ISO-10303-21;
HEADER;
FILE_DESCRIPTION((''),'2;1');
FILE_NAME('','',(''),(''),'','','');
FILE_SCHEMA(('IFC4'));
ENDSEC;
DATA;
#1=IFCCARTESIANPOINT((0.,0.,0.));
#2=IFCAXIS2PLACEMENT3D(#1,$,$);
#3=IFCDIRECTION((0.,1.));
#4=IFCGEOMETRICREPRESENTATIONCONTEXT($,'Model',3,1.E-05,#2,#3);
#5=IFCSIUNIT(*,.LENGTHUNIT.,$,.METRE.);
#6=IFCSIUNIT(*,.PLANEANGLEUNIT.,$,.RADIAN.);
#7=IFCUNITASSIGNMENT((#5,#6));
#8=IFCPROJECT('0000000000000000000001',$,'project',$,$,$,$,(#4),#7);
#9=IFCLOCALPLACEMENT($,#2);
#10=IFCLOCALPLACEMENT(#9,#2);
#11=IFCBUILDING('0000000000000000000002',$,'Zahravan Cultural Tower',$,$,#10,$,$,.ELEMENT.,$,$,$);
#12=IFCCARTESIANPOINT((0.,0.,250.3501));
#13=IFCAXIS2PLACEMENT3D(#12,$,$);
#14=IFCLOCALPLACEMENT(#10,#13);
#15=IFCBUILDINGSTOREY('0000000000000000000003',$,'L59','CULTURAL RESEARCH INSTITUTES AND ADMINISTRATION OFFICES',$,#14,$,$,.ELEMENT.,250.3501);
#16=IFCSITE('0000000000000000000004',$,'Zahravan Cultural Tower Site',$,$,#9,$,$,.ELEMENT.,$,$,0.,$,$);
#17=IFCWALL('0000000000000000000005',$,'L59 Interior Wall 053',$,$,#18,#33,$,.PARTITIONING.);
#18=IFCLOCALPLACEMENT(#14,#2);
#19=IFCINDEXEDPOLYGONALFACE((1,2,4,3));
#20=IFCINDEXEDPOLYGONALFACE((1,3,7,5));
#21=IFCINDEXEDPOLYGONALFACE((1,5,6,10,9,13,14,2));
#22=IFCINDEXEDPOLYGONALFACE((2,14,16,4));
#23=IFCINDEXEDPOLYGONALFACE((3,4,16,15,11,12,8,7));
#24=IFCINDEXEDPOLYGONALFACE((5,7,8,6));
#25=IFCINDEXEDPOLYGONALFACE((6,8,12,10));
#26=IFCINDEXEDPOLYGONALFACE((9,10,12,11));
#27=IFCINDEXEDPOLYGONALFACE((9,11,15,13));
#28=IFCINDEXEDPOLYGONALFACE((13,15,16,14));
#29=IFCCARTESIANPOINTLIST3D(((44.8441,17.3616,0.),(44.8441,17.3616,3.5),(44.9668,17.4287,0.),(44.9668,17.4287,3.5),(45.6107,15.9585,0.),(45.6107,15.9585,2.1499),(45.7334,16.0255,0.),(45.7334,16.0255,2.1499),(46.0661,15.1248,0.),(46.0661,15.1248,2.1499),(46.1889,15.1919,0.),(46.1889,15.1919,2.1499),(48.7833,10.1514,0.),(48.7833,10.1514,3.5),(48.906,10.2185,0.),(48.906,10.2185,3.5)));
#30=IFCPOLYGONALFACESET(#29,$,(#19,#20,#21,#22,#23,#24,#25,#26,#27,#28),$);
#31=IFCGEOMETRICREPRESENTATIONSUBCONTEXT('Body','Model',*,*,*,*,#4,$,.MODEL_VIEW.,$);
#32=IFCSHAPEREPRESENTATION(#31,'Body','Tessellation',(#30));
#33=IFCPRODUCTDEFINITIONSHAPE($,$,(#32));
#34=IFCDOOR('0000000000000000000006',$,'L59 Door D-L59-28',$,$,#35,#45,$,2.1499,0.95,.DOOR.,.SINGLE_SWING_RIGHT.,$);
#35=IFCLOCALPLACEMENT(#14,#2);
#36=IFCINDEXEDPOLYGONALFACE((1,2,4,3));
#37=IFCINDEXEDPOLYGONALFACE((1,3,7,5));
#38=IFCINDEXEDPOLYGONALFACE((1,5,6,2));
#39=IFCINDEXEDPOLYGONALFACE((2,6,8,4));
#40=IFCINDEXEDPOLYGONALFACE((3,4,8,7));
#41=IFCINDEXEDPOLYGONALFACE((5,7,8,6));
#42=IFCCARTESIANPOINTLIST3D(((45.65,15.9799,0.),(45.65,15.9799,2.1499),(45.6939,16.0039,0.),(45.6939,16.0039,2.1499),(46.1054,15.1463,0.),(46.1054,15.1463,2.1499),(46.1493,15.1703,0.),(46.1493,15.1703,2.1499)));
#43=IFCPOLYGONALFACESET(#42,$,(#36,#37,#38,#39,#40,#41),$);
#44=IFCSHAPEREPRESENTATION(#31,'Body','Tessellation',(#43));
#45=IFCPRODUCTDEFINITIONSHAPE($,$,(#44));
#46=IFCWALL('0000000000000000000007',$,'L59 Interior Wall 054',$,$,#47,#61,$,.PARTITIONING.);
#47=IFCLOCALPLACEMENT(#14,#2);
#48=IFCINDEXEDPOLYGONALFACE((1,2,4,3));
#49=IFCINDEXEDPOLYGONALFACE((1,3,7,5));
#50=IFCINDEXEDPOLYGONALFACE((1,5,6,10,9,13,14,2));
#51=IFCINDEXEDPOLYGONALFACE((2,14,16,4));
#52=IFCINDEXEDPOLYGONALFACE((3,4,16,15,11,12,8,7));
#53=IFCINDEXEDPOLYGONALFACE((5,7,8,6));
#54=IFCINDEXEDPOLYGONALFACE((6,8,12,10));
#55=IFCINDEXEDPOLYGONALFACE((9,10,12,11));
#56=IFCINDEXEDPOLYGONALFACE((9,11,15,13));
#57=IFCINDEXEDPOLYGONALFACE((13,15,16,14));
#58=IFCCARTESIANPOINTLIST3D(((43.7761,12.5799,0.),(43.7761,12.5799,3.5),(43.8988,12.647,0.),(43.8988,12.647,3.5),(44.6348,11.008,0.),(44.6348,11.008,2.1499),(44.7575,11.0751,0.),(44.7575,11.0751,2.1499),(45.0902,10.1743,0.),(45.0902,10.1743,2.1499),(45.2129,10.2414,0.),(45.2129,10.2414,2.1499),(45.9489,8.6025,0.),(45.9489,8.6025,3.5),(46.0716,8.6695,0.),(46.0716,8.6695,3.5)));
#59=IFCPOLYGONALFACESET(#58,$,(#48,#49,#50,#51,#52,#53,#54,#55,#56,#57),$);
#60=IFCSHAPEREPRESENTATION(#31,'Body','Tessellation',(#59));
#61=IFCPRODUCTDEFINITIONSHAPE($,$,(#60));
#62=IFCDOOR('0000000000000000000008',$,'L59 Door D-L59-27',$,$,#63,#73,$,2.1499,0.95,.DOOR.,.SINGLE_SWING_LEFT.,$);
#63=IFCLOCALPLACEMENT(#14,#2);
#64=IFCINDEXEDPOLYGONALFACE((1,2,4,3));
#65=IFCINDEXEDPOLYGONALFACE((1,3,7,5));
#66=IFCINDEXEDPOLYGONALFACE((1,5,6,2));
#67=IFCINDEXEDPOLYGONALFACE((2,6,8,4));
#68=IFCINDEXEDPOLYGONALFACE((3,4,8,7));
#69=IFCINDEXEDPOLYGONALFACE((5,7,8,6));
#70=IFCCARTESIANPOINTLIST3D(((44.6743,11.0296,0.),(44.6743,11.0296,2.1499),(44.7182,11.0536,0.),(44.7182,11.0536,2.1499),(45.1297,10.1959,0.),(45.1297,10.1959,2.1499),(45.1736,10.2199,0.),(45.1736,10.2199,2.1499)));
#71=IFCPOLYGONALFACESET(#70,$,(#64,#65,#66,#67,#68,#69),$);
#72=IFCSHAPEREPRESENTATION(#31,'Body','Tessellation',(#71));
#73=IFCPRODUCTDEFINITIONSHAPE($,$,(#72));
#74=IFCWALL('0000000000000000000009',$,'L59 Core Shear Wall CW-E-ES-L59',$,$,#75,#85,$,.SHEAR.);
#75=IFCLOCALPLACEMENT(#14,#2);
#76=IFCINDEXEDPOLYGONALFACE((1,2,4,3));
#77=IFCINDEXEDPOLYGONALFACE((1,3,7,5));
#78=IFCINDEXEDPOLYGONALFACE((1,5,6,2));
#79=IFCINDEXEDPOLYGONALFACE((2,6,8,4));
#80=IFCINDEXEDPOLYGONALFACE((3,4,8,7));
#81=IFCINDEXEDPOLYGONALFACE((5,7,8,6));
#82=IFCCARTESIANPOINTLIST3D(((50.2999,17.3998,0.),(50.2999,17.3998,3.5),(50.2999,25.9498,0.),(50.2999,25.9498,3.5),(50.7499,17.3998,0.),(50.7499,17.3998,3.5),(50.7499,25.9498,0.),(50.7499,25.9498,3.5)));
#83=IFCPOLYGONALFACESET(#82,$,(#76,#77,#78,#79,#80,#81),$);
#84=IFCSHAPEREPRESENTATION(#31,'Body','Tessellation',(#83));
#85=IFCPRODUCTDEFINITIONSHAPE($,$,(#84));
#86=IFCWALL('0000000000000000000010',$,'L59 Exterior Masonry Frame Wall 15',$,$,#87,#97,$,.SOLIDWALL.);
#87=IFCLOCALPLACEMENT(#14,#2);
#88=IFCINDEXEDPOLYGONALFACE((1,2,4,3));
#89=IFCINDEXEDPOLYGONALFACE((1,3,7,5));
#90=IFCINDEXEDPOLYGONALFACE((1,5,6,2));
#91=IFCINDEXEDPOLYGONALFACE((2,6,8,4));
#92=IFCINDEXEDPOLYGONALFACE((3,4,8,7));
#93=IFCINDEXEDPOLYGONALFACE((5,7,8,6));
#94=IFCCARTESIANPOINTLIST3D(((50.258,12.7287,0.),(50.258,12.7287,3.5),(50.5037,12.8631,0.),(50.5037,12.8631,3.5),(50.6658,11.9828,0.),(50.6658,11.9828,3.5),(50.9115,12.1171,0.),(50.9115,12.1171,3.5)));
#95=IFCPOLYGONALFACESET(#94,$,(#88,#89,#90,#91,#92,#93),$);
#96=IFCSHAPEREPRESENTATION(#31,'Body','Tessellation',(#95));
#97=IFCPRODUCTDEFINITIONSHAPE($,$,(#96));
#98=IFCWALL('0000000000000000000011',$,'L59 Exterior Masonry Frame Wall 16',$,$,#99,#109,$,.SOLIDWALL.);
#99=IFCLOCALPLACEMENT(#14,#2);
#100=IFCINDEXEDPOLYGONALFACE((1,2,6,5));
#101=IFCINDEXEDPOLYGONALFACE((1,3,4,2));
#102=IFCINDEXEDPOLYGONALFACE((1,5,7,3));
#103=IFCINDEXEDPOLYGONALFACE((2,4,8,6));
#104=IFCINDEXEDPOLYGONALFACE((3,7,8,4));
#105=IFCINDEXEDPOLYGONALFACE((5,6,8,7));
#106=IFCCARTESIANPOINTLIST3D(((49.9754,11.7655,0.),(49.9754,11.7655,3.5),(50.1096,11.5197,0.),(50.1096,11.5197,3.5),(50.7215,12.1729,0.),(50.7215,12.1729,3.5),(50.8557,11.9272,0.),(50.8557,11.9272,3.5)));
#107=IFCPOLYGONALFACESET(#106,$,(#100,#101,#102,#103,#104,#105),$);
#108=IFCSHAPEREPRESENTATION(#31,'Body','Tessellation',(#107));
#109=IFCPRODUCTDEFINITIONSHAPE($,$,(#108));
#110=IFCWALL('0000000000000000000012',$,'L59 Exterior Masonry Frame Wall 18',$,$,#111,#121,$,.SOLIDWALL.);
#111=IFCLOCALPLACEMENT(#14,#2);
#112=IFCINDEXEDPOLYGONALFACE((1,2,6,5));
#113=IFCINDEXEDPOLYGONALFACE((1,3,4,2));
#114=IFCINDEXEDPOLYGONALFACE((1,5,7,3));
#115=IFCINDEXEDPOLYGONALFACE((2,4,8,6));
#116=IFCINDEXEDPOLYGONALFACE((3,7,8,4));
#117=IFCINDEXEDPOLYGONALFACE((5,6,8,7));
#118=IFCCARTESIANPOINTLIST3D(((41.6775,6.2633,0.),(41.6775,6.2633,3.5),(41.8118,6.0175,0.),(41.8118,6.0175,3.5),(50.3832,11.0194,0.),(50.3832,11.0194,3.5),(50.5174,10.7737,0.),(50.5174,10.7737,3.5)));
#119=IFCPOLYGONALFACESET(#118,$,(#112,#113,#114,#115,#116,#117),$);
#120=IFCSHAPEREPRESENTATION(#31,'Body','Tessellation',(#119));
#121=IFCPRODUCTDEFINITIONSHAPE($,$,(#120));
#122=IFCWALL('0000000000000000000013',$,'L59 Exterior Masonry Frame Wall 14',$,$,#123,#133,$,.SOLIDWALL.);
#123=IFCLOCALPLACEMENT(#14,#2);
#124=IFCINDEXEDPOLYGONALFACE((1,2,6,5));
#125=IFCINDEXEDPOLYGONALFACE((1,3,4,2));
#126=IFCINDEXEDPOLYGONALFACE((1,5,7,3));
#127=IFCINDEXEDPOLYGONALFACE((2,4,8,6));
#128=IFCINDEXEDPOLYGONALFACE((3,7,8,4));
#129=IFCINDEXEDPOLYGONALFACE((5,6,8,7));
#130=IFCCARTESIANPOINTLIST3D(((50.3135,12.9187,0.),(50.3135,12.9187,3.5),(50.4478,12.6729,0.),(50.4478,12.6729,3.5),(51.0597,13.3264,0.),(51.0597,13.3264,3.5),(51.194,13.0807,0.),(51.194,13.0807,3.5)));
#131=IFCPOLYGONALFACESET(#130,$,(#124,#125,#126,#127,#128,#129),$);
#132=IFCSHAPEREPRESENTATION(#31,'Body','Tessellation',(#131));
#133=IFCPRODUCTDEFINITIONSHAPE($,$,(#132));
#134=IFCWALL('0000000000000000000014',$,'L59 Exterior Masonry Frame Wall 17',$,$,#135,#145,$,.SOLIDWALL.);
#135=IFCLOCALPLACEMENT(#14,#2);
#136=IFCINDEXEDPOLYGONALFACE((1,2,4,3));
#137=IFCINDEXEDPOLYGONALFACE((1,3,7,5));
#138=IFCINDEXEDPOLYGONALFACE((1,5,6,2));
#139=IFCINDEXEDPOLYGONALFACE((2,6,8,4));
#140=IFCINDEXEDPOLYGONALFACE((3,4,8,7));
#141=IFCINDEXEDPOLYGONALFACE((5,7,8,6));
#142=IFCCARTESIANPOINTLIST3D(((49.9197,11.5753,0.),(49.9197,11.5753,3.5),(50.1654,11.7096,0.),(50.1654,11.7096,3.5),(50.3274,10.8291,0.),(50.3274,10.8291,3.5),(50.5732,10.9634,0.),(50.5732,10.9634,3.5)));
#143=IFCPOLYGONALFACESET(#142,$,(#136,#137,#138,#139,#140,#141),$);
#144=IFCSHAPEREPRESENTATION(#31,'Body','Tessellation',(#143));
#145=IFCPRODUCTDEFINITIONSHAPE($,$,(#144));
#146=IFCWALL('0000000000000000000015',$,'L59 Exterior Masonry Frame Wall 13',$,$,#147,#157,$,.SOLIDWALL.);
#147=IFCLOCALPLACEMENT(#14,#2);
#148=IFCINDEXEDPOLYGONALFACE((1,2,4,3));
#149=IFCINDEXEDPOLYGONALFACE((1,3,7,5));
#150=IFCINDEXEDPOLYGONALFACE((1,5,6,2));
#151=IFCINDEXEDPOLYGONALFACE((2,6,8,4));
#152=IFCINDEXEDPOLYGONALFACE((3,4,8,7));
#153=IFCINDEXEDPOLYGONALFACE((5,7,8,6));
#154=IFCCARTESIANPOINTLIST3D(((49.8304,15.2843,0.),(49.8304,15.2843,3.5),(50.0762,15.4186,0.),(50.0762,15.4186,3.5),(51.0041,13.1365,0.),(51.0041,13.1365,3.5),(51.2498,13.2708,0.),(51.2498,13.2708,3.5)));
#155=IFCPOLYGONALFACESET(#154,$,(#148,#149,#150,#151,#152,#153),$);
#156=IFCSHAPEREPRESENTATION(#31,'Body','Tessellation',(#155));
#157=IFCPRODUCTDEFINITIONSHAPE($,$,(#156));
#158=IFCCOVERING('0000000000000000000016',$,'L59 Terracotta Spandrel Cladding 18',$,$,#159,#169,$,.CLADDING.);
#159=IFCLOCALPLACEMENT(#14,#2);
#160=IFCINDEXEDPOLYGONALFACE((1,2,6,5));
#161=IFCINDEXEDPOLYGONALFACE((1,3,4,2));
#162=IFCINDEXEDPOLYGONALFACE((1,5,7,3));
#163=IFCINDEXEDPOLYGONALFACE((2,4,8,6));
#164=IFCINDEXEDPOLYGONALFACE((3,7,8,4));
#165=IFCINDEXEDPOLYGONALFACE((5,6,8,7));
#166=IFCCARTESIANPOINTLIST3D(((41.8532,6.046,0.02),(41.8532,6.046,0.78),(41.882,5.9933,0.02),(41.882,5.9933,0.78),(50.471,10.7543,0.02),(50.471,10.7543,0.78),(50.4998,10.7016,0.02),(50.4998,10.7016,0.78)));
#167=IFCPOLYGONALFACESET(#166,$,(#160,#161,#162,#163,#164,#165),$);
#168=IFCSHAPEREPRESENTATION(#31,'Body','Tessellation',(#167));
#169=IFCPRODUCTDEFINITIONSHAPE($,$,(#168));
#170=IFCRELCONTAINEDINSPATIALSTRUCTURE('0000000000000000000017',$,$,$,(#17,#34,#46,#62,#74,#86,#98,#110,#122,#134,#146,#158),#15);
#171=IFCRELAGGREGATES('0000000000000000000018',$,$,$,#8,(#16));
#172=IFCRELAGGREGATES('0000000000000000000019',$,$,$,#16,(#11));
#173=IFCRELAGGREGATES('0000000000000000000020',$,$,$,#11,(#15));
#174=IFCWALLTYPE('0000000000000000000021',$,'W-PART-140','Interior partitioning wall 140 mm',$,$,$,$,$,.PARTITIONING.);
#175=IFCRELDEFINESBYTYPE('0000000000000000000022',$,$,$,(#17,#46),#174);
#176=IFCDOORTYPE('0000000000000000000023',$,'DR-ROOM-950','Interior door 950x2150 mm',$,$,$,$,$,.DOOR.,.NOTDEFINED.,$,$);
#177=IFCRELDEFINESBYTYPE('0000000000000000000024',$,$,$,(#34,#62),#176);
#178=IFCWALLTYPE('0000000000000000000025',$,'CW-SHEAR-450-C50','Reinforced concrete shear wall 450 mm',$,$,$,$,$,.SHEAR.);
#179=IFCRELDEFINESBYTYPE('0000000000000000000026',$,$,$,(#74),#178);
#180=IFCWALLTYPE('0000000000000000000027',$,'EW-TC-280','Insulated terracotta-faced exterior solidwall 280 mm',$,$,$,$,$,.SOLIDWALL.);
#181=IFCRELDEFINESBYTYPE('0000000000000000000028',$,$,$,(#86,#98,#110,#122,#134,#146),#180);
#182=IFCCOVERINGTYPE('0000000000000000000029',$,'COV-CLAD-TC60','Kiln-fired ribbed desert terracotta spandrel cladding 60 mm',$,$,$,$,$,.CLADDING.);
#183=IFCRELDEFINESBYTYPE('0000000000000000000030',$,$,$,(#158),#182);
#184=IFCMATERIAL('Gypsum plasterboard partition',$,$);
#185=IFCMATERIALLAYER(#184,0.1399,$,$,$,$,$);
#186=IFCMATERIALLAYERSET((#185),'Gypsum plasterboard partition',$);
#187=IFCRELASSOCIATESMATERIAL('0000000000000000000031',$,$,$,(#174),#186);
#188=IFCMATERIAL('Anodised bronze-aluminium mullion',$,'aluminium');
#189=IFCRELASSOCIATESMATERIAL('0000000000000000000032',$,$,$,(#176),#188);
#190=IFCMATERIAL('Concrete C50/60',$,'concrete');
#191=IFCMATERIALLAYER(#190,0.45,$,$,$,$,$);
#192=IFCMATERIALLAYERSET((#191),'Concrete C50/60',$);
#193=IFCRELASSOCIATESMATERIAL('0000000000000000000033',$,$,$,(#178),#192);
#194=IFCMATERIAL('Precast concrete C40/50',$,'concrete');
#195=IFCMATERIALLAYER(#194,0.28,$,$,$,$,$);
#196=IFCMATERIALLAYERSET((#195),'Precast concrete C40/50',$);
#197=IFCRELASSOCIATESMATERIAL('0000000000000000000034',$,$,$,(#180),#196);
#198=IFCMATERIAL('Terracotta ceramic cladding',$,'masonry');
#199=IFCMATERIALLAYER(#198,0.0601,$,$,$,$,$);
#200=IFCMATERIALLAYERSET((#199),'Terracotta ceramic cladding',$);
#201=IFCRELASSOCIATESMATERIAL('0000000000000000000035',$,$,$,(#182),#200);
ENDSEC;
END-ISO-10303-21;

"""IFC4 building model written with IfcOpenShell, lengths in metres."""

from ifc_helpers import new_model, si_unit, direction, frame, frame_2d, origin, origin_2d, place, context, subcontext, project, spatial, rectangle, extrude, source, transform, mapped, material, layer, layer_set, type_object, element, fill, save


model = new_model("IFC4")

# Units and contexts
model_context = context("Model", 3, precision=1e-05, world=origin(), true_north=direction((0.0, 1.0)))
body_context = subcontext(model_context, "Body", "Model", "MODEL_VIEW")
ifc_project = project(units=[si_unit("LENGTHUNIT", "METRE"), si_unit("PLANEANGLEUNIT", "RADIAN")], contexts=[model_context])

# Site, building, storey
site_placement = place(None, origin())
site = spatial("IfcSite", under=ifc_project, at=site_placement, Name="Zahravan Cultural Tower Site", CompositionType="ELEMENT", RefElevation=0.0)
building_placement = place(site_placement, origin())
building = spatial("IfcBuilding", under=site, at=building_placement, Name="Zahravan Cultural Tower", CompositionType="ELEMENT")
storey_placement = place(building_placement, frame((0.0, 0.0, 250.3501)))
storey = spatial("IfcBuildingStorey", under=building, at=storey_placement, Name="L59", Description="CULTURAL RESEARCH INSTITUTES AND ADMINISTRATION OFFICES", CompositionType="ELEMENT", Elevation=250.3501)

# Walls, openings, doors
ifc_material_1 = material(Name="Gypsum plasterboard partition")
ifc_layer_1 = layer(ifc_material_1, 0.1399)
ifc_layer_set_1 = layer_set([ifc_layer_1], Name="Gypsum plasterboard partition")
wall_type_1 = type_object("IfcWallType", Name="W-PART-140", Description="Interior partitioning wall 140 mm", PredefinedType="PARTITIONING", material=ifc_layer_set_1)
wall_1_placement = place(storey_placement, frame((44.9055, 17.395, 0.0), z_axis=(0.0, 0.0, 1.0), x_axis=(0.47945, -0.877569, 0.0)))
wall_1 = element("IfcWall", 1, at=wall_1_placement, inside=storey, type_object=wall_type_1, Name="L59 Interior Wall 053", PredefinedType="PARTITIONING", context=body_context, shape_type="SweptSolid", body=[
    extrude(rectangle(XDim=8.2161, YDim=0.1399, at=frame_2d((4.1079, 0.0))), origin(), (0.0, 0.0, 1.0), 3.5),
])
opening_1_placement = place(wall_1_placement, frame((1.5986, 0.0, 0.0)))
opening_1 = element("IfcOpeningElement", 2, at=opening_1_placement, cuts=wall_1, PredefinedType="OPENING", context=body_context, shape_type="SweptSolid", body=[
    extrude(rectangle(XDim=0.95, YDim=2.1499, at=frame_2d((0.4751, 1.075))), frame((0.0, 0.0798, 0.0), z_axis=(0.0, -1.0, 0.0), x_axis=(1.0, 0.0, 0.0)), (0.0, 0.0, 1.0), 0.1599),
])
ifc_material_2 = material(Name="Anodised bronze-aluminium mullion", Category="aluminium")
door_type = type_object("IfcDoorType", Name="DR-ROOM-950", Description="Interior door 950x2150 mm", OperationType="NOTDEFINED", PredefinedType="DOOR", material=ifc_material_2)
shared_shape_1 = source(origin(), body_context, "Body", "SweptSolid", [
    extrude(rectangle(XDim=0.95, YDim=2.1499, at=frame_2d((0.4751, 1.075))), frame((0.0, 0.0249, 0.0), z_axis=(0.0, -1.0, 0.0), x_axis=(1.0, 0.0, 0.0)), (0.0, 0.0, 1.0), 0.05),
])
door_1_placement = place(opening_1_placement, origin())
door_1 = element("IfcDoor", 3, at=door_1_placement, inside=storey, type_object=door_type, Name="L59 Door D-L59-28", OperationType="SINGLE_SWING_RIGHT", OverallHeight=2.1499, OverallWidth=0.95, PredefinedType="DOOR", context=body_context, shape_type="MappedRepresentation", body=[
    mapped(shared_shape_1, transform((0.0, 0.0, 0.0), x_axis=(1.0, 0.0, 0.0), y_axis=(0.0, 1.0, 0.0), z_axis=(0.0, 0.0, 1.0), scale=1.0)),
])
fill(opening_1, door_1)
wall_2_placement = place(storey_placement, frame((46.0103, 8.636, 0.0), z_axis=(0.0, 0.0, 1.0), x_axis=(-0.479411, 0.877591, 0.0)))
wall_2 = element("IfcWall", 4, at=wall_2_placement, inside=storey, type_object=wall_type_1, Name="L59 Interior Wall 054", PredefinedType="PARTITIONING", context=body_context, shape_type="SweptSolid", body=[
    extrude(rectangle(XDim=4.5322, YDim=0.1399, at=frame_2d((2.2661, 0.0))), origin(), (0.0, 0.0, 1.0), 3.5),
])
opening_2_placement = place(wall_2_placement, frame((1.791, 0.0, 0.0)))
opening_2 = element("IfcOpeningElement", 5, at=opening_2_placement, cuts=wall_2, PredefinedType="OPENING", context=body_context, shape_type="SweptSolid", body=[
    extrude(rectangle(XDim=0.95, YDim=2.1499, at=frame_2d((0.4751, 1.075))), frame((0.0, 0.0798, 0.0), z_axis=(0.0, -1.0, 0.0), x_axis=(1.0, 0.0, 0.0)), (0.0, 0.0, 1.0), 0.1599),
])
door_2_placement = place(opening_2_placement, origin())
door_2 = element("IfcDoor", 6, at=door_2_placement, inside=storey, type_object=door_type, Name="L59 Door D-L59-27", OperationType="SINGLE_SWING_LEFT", OverallHeight=2.1499, OverallWidth=0.95, PredefinedType="DOOR", context=body_context, shape_type="MappedRepresentation", body=[
    mapped(shared_shape_1, transform((0.0, 0.0, 0.0), x_axis=(1.0, 0.0, 0.0), y_axis=(0.0, 1.0, 0.0), z_axis=(0.0, 0.0, 1.0), scale=1.0)),
])
fill(opening_2, door_2)

# Walls
ifc_material_3 = material(Name="Concrete C50/60", Category="concrete")
ifc_layer_2 = layer(ifc_material_3, 0.45)
ifc_layer_set_2 = layer_set([ifc_layer_2], Name="Concrete C50/60")
wall_type_2 = type_object("IfcWallType", Name="CW-SHEAR-450-C50", Description="Reinforced concrete shear wall 450 mm", PredefinedType="SHEAR", material=ifc_layer_set_2)
shared_shape_2 = source(origin(), body_context, "Body", "SweptSolid", [
    extrude(rectangle(XDim=8.55, YDim=0.45, at=frame_2d((4.2749, 0.0))), origin(), (0.0, 0.0, 1.0), 3.5),
])
wall_3_placement = place(storey_placement, frame((50.5249, 17.3999, 0.0), z_axis=(0.0, 0.0, 1.0), x_axis=(0.0, 1.0, 0.0)))
element("IfcWall", 7, at=wall_3_placement, inside=storey, type_object=wall_type_2, Name="L59 Core Shear Wall CW-E-ES-L59", PredefinedType="SHEAR", context=body_context, shape_type="MappedRepresentation", body=[
    mapped(shared_shape_2, transform((0.0, 0.0, 0.0), x_axis=(1.0, 0.0, 0.0), y_axis=(0.0, 1.0, 0.0), z_axis=(0.0, 0.0, 1.0), scale=1.0)),
])
ifc_material_4 = material(Name="Precast concrete C40/50", Category="concrete")
ifc_layer_3 = layer(ifc_material_4, 0.28)
ifc_layer_set_3 = layer_set([ifc_layer_3], Name="Precast concrete C40/50")
wall_type_3 = type_object("IfcWallType", Name="EW-TC-280", Description="Insulated terracotta-faced exterior solidwall 280 mm", PredefinedType="SOLIDWALL", material=ifc_layer_set_3)
shared_shape_3 = source(origin(), body_context, "Body", "SweptSolid", [
    extrude(rectangle(XDim=0.8501, YDim=0.28, at=frame_2d((0.425, 0.0))), origin(), (0.0, 0.0, 1.0), 3.5),
])
for number, where, z_axis, x_axis, name in (
    (8, (50.3809, 12.7959, 0.0), (0.0, 0.0, 1.0), (0.479657, -0.877456, 0.0), "L59 Exterior Masonry Frame Wall 15"),
    (9, (50.7886, 12.05, 0.0), (0.0, 0.0, 1.0), (-0.877643, -0.479315, 0.0), "L59 Exterior Masonry Frame Wall 16"),
):
    element("IfcWall", number, at=place(storey_placement, frame(where, z_axis=z_axis, x_axis=x_axis)), inside=storey, type_object=wall_type_3, Name=name, PredefinedType="SOLIDWALL", context=body_context, shape_type="MappedRepresentation", body=[
        mapped(shared_shape_3, transform((0.0, 0.0, 0.0), x_axis=(1.0, 0.0, 0.0), y_axis=(0.0, 1.0, 0.0), z_axis=(0.0, 0.0, 1.0), scale=1.0)),
    ])
shared_shape_4 = source(origin(), body_context, "Body", "SweptSolid", [
    extrude(rectangle(XDim=9.9202, YDim=0.28, at=frame_2d((4.96, 0.0))), origin(), (0.0, 0.0, 1.0), 3.5),
])
wall_4_placement = place(storey_placement, frame((50.4502, 10.8965, 0.0), z_axis=(0.0, 0.0, 1.0), x_axis=(-0.877573, -0.479443, 0.0)))
element("IfcWall", 10, at=wall_4_placement, inside=storey, type_object=wall_type_3, Name="L59 Exterior Masonry Frame Wall 18", PredefinedType="SOLIDWALL", context=body_context, shape_type="MappedRepresentation", body=[
    mapped(shared_shape_4, transform((0.0, 0.0, 0.0), x_axis=(1.0, 0.0, 0.0), y_axis=(0.0, 1.0, 0.0), z_axis=(0.0, 0.0, 1.0), scale=1.0)),
])
shared_shape_5 = source(origin(), body_context, "Body", "SweptSolid", [
    extrude(rectangle(XDim=0.8503, YDim=0.28, at=frame_2d((0.4253, 0.0))), origin(), (0.0, 0.0, 1.0), 3.5),
])
for number, where, z_axis, x_axis, name in (
    (11, (51.127, 13.2036, 0.0), (0.0, 0.0, 1.0), (-0.877522, -0.479536, 0.0), "L59 Exterior Masonry Frame Wall 14"),
    (12, (50.0425, 11.6426, 0.0), (0.0, 0.0, 1.0), (0.479536, -0.877522, 0.0), "L59 Exterior Masonry Frame Wall 17"),
):
    element("IfcWall", number, at=place(storey_placement, frame(where, z_axis=z_axis, x_axis=x_axis)), inside=storey, type_object=wall_type_3, Name=name, PredefinedType="SOLIDWALL", context=body_context, shape_type="MappedRepresentation", body=[
        mapped(shared_shape_5, transform((0.0, 0.0, 0.0), x_axis=(1.0, 0.0, 0.0), y_axis=(0.0, 1.0, 0.0), z_axis=(0.0, 0.0, 1.0), scale=1.0)),
    ])
shared_shape_6 = source(origin(), body_context, "Body", "SweptSolid", [
    extrude(rectangle(XDim=2.4475, YDim=0.28, at=frame_2d((1.2236, 0.0))), origin(), (0.0, 0.0, 1.0), 3.5),
])
wall_5_placement = place(storey_placement, frame((49.9534, 15.3513, 0.0), z_axis=(0.0, 0.0, 1.0), x_axis=(0.479516, -0.877533, 0.0)))
element("IfcWall", 13, at=wall_5_placement, inside=storey, type_object=wall_type_3, Name="L59 Exterior Masonry Frame Wall 13", PredefinedType="SOLIDWALL", context=body_context, shape_type="MappedRepresentation", body=[
    mapped(shared_shape_6, transform((0.0, 0.0, 0.0), x_axis=(1.0, 0.0, 0.0), y_axis=(0.0, 1.0, 0.0), z_axis=(0.0, 0.0, 1.0), scale=1.0)),
])

# Covering
ifc_material_5 = material(Name="Terracotta ceramic cladding", Category="masonry")
ifc_layer_4 = layer(ifc_material_5, 0.0601)
ifc_layer_set_4 = layer_set([ifc_layer_4], Name="Terracotta ceramic cladding")
covering_type = type_object("IfcCoveringType", Name="COV-CLAD-TC60", Description="Kiln-fired ribbed desert terracotta spandrel cladding 60 mm", PredefinedType="CLADDING", material=ifc_layer_set_4)
shared_shape_7 = source(origin(), body_context, "Body", "SweptSolid", [
    extrude(rectangle(XDim=9.8201, YDim=0.0601, at=origin_2d()), origin(), (0.0, 0.0, 1.0), 0.76),
])
covering_1_placement = place(storey_placement, frame((46.1765, 8.3738, 0.02), z_axis=(0.0, 0.0, 1.0), x_axis=(-0.877565, -0.479458, 0.0)))
element("IfcCovering", 14, at=covering_1_placement, inside=storey, type_object=covering_type, Name="L59 Terracotta Spandrel Cladding 18", PredefinedType="CLADDING", context=body_context, shape_type="MappedRepresentation", body=[
    mapped(shared_shape_7, transform((0.0, 0.0, 0.0), x_axis=(1.0, 0.0, 0.0), y_axis=(0.0, 1.0, 0.0), z_axis=(0.0, 0.0, 1.0), scale=1.0)),
])

save(model, "model.ifc")
